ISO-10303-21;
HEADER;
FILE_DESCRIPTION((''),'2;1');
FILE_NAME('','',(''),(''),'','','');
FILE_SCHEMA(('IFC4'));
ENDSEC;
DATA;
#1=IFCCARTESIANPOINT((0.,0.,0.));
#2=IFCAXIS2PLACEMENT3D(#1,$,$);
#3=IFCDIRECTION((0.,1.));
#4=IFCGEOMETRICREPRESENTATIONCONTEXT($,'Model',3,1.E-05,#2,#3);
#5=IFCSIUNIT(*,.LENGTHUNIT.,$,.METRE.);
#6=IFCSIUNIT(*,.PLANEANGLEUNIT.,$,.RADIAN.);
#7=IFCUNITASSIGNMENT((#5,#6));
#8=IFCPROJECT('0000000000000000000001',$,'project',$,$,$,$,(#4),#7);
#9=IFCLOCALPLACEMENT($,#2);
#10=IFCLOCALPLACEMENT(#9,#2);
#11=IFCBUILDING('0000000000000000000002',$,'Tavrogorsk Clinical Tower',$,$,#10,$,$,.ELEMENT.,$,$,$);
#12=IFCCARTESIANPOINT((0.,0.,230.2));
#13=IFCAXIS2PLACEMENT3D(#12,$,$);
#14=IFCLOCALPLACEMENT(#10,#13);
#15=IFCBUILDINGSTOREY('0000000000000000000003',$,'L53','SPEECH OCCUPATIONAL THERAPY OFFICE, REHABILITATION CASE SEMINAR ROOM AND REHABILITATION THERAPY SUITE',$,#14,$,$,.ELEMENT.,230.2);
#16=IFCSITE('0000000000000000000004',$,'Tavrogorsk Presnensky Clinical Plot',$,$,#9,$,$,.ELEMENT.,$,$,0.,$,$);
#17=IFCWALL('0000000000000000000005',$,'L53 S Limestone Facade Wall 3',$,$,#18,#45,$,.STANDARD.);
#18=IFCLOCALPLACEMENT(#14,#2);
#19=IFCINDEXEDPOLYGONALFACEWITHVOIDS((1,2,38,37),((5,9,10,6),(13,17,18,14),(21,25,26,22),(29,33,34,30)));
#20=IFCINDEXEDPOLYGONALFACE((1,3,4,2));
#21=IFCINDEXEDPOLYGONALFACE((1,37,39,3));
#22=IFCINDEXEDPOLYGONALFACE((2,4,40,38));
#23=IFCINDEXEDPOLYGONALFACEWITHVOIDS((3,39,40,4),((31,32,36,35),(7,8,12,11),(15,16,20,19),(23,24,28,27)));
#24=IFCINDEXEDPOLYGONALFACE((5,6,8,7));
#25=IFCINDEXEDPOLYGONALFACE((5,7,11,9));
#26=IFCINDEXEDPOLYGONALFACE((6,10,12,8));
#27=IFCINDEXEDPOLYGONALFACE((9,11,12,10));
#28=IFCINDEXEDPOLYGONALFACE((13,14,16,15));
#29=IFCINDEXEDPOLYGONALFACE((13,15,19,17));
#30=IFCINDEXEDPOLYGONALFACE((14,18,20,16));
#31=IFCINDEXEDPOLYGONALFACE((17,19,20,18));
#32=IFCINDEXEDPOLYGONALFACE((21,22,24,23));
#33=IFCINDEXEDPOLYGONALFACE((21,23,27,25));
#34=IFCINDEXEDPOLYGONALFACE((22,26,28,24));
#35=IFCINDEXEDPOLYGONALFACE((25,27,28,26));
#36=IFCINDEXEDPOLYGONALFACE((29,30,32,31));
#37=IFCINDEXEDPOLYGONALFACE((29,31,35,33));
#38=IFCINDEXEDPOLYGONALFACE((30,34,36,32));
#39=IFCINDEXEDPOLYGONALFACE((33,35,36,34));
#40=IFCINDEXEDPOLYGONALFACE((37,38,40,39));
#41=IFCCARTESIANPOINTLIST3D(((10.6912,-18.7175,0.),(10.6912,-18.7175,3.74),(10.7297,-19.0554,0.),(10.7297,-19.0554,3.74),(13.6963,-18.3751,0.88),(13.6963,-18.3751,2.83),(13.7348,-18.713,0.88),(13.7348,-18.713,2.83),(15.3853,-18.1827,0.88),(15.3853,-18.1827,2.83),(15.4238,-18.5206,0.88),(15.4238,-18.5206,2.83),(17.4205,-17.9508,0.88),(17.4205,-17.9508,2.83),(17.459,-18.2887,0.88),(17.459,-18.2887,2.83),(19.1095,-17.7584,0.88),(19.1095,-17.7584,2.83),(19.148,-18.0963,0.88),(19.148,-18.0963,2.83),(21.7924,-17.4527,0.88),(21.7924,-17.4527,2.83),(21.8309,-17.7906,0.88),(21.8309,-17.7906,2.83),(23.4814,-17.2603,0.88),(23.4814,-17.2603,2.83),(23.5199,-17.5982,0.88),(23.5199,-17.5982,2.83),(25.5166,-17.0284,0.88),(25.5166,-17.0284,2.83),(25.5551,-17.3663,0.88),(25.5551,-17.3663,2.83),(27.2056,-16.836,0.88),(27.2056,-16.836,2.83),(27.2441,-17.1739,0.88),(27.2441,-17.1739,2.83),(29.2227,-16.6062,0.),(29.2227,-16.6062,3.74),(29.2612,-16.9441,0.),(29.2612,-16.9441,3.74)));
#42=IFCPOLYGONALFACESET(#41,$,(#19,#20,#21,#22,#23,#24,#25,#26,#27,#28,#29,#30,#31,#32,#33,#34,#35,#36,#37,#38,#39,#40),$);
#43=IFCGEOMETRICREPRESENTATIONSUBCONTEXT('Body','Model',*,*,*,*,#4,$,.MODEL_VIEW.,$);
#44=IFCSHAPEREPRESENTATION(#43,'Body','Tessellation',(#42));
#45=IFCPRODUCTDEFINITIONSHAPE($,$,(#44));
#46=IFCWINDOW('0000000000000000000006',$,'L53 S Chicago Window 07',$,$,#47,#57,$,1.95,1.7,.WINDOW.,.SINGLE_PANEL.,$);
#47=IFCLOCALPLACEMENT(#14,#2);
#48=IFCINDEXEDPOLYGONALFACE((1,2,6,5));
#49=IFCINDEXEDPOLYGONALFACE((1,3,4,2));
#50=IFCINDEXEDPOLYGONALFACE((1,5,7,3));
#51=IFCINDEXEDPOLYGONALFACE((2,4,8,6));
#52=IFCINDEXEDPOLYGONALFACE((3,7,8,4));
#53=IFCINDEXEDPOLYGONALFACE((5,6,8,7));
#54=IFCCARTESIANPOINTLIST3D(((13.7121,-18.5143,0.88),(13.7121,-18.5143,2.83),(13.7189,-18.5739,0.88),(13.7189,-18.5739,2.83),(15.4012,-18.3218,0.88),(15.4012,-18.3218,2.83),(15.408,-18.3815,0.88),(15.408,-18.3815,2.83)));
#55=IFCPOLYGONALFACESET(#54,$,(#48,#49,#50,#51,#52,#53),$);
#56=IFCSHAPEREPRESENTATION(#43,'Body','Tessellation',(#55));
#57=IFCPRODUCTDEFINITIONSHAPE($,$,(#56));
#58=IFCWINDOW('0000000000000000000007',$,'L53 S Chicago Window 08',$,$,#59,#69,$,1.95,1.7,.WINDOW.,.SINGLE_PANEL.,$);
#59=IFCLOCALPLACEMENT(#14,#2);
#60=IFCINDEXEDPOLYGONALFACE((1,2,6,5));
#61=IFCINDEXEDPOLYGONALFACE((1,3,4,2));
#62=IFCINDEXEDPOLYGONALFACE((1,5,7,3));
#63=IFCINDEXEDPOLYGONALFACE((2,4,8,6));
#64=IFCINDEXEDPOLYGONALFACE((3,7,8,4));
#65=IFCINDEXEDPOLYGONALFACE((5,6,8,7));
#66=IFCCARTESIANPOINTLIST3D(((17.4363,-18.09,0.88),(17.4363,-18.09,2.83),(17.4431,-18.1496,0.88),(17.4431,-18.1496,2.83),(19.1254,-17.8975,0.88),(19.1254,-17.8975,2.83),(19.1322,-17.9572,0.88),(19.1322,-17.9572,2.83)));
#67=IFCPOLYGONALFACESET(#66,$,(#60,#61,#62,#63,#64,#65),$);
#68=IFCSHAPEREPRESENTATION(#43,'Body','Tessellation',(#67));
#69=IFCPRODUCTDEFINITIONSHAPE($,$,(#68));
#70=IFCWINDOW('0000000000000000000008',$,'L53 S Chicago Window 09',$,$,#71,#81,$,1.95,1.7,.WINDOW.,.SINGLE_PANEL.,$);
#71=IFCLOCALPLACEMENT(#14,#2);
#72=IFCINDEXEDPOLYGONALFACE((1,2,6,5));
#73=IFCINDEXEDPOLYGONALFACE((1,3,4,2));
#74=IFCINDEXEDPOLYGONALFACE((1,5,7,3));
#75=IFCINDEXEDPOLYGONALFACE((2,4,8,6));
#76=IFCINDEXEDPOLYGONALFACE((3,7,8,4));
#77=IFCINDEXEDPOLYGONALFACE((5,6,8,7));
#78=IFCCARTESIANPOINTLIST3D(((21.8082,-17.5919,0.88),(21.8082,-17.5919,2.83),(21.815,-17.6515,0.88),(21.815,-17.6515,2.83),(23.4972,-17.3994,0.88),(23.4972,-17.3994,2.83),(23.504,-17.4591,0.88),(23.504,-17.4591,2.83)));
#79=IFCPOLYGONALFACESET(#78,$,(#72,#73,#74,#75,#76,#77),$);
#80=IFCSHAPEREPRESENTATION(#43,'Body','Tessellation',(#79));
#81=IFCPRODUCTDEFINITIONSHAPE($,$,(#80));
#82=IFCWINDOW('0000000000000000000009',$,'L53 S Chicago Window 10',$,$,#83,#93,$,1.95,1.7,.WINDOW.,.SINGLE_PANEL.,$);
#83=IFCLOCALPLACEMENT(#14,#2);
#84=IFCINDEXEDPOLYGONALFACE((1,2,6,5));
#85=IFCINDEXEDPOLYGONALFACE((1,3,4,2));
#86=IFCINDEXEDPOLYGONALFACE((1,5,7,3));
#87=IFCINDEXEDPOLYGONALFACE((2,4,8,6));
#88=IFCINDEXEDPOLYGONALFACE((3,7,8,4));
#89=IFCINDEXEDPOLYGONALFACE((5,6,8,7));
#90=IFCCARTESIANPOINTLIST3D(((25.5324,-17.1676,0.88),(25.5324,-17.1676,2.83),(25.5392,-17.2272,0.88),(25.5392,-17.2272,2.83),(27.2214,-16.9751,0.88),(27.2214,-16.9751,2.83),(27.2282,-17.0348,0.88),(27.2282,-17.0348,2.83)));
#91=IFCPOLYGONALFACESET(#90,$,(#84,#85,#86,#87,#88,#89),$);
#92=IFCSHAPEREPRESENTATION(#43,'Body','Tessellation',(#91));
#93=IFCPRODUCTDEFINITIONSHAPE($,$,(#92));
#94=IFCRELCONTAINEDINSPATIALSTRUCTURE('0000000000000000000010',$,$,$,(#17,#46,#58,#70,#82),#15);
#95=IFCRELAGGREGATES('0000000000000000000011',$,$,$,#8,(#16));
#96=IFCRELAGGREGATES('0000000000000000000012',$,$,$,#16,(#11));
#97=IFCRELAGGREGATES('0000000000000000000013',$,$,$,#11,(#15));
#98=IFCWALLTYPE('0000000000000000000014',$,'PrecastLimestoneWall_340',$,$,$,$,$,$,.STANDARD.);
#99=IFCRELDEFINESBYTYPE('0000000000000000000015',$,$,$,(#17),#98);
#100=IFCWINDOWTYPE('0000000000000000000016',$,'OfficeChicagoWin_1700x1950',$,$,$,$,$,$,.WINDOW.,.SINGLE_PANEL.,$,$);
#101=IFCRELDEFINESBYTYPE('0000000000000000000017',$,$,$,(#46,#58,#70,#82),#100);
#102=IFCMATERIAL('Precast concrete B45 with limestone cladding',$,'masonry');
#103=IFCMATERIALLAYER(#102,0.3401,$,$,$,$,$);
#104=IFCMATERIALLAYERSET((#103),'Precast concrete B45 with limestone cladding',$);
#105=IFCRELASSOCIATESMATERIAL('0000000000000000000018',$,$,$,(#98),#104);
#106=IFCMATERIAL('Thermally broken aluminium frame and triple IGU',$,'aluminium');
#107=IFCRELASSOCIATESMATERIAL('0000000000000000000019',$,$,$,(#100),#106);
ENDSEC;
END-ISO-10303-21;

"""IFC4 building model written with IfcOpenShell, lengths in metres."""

from ifc_helpers import new_model, si_unit, direction, frame, frame_2d, origin, place, context, subcontext, project, spatial, rectangle, extrude, material, layer, layer_set, type_object, element, fill, save


model = new_model("IFC4")

# Units and contexts
model_context = context("Model", 3, precision=1e-05, world=origin(), true_north=direction((0.0, 1.0)))
body_context = subcontext(model_context, "Body", "Model", "MODEL_VIEW")
ifc_project = project(units=[si_unit("LENGTHUNIT", "METRE"), si_unit("PLANEANGLEUNIT", "RADIAN")], contexts=[model_context])

# Site, building, storey
site_placement = place(None, origin())
site = spatial("IfcSite", under=ifc_project, at=site_placement, Name="Tavrogorsk Presnensky Clinical Plot", CompositionType="ELEMENT", RefElevation=0.0)
building_placement = place(site_placement, origin())
building = spatial("IfcBuilding", under=site, at=building_placement, Name="Tavrogorsk Clinical Tower", CompositionType="ELEMENT")
storey_placement = place(building_placement, frame((0.0, 0.0, 230.2)))
storey = spatial("IfcBuildingStorey", under=building, at=storey_placement, Name="L53", Description="SPEECH OCCUPATIONAL THERAPY OFFICE, REHABILITATION CASE SEMINAR ROOM AND REHABILITATION THERAPY SUITE", CompositionType="ELEMENT", Elevation=230.2)

# Wall, openings, windows
ifc_material_1 = material(Name="Precast concrete B45 with limestone cladding", Category="masonry")
ifc_layer_1 = layer(ifc_material_1, 0.3401)
ifc_layer_set_1 = layer_set([ifc_layer_1], Name="Precast concrete B45 with limestone cladding")
wall_type_1 = type_object("IfcWallType", Name="PrecastLimestoneWall_340", PredefinedType="STANDARD", material=ifc_layer_set_1)
wall_1_placement = place(storey_placement, frame((10.7104, -18.8865, 0.0), z_axis=(0.0, 0.0, 1.0), x_axis=(0.993572, 0.1132, 0.0)))
wall_1 = element("IfcWall", 1, at=wall_1_placement, inside=storey, type_object=wall_type_1, Name="L53 S Limestone Facade Wall 3", PredefinedType="STANDARD", context=body_context, shape_type="SweptSolid", body=[
    extrude(rectangle(XDim=18.6514, YDim=0.3401, at=frame_2d((9.3257, 0.0))), origin(), (0.0, 0.0, 1.0), 3.74),
])
opening_1_placement = place(wall_1_placement, frame((3.0244, 0.0, 0.8799)))
opening_1 = element("IfcOpeningElement", 2, at=opening_1_placement, cuts=wall_1, PredefinedType="OPENING", context=body_context, shape_type="SweptSolid", body=[
    extrude(rectangle(XDim=1.7, YDim=1.95, at=frame_2d((0.8501, 0.9751))), frame((0.0, 0.1799, 0.0), z_axis=(0.0, -1.0, 0.0), x_axis=(1.0, 0.0, 0.0)), (0.0, 0.0, 1.0), 0.3601),
])
opening_2_placement = place(wall_1_placement, frame((6.7727, 0.0, 0.8799)))
opening_2 = element("IfcOpeningElement", 3, at=opening_2_placement, cuts=wall_1, PredefinedType="OPENING", context=body_context, shape_type="SweptSolid", body=[
    extrude(rectangle(XDim=1.7, YDim=1.95, at=frame_2d((0.8501, 0.9751))), frame((0.0, 0.1799, 0.0), z_axis=(0.0, -1.0, 0.0), x_axis=(1.0, 0.0, 0.0)), (0.0, 0.0, 1.0), 0.3601),
])
opening_3_placement = place(wall_1_placement, frame((11.1729, 0.0, 0.8799)))
opening_3 = element("IfcOpeningElement", 4, at=opening_3_placement, cuts=wall_1, PredefinedType="OPENING", context=body_context, shape_type="SweptSolid", body=[
    extrude(rectangle(XDim=1.7, YDim=1.95, at=frame_2d((0.8501, 0.9751))), frame((0.0, 0.1799, 0.0), z_axis=(0.0, -1.0, 0.0), x_axis=(1.0, 0.0, 0.0)), (0.0, 0.0, 1.0), 0.3601),
])
opening_4_placement = place(wall_1_placement, frame((14.9211, 0.0, 0.8799)))
opening_4 = element("IfcOpeningElement", 5, at=opening_4_placement, cuts=wall_1, PredefinedType="OPENING", context=body_context, shape_type="SweptSolid", body=[
    extrude(rectangle(XDim=1.7, YDim=1.95, at=frame_2d((0.8501, 0.9751))), frame((0.0, 0.1799, 0.0), z_axis=(0.0, -1.0, 0.0), x_axis=(1.0, 0.0, 0.0)), (0.0, 0.0, 1.0), 0.3601),
])
ifc_material_2 = material(Name="Thermally broken aluminium frame and triple IGU", Category="aluminium")
window_type = type_object("IfcWindowType", Name="OfficeChicagoWin_1700x1950", PartitioningType="SINGLE_PANEL", PredefinedType="WINDOW", material=ifc_material_2)
window_1_placement = place(opening_1_placement, origin())
window_1 = element("IfcWindow", 6, at=window_1_placement, inside=storey, type_object=window_type, Name="L53 S Chicago Window 07", OverallHeight=1.95, OverallWidth=1.7, PartitioningType="SINGLE_PANEL", PredefinedType="WINDOW", context=body_context, shape_type="SweptSolid", body=[
    extrude(rectangle(XDim=1.7, YDim=1.95, at=frame_2d((0.8501, 0.9751))), frame((0.0, 0.03, 0.0), z_axis=(0.0, -1.0, 0.0), x_axis=(1.0, 0.0, 0.0)), (0.0, 0.0, 1.0), 0.0601),
])
fill(opening_1, window_1)
window_2_placement = place(opening_2_placement, origin())
window_2 = element("IfcWindow", 7, at=window_2_placement, inside=storey, type_object=window_type, Name="L53 S Chicago Window 08", OverallHeight=1.95, OverallWidth=1.7, PartitioningType="SINGLE_PANEL", PredefinedType="WINDOW", context=body_context, shape_type="SweptSolid", body=[
    extrude(rectangle(XDim=1.7, YDim=1.95, at=frame_2d((0.8501, 0.9751))), frame((0.0, 0.03, 0.0), z_axis=(0.0, -1.0, 0.0), x_axis=(1.0, 0.0, 0.0)), (0.0, 0.0, 1.0), 0.0601),
])
fill(opening_2, window_2)
window_3_placement = place(opening_3_placement, origin())
window_3 = element("IfcWindow", 8, at=window_3_placement, inside=storey, type_object=window_type, Name="L53 S Chicago Window 09", OverallHeight=1.95, OverallWidth=1.7, PartitioningType="SINGLE_PANEL", PredefinedType="WINDOW", context=body_context, shape_type="SweptSolid", body=[
    extrude(rectangle(XDim=1.7, YDim=1.95, at=frame_2d((0.8501, 0.9751))), frame((0.0, 0.03, 0.0), z_axis=(0.0, -1.0, 0.0), x_axis=(1.0, 0.0, 0.0)), (0.0, 0.0, 1.0), 0.0601),
])
fill(opening_3, window_3)
window_4_placement = place(opening_4_placement, origin())
window_4 = element("IfcWindow", 9, at=window_4_placement, inside=storey, type_object=window_type, Name="L53 S Chicago Window 10", OverallHeight=1.95, OverallWidth=1.7, PartitioningType="SINGLE_PANEL", PredefinedType="WINDOW", context=body_context, shape_type="SweptSolid", body=[
    extrude(rectangle(XDim=1.7, YDim=1.95, at=frame_2d((0.8501, 0.9751))), frame((0.0, 0.03, 0.0), z_axis=(0.0, -1.0, 0.0), x_axis=(1.0, 0.0, 0.0)), (0.0, 0.0, 1.0), 0.0601),
])
fill(opening_4, window_4)

save(model, "model.ifc")
